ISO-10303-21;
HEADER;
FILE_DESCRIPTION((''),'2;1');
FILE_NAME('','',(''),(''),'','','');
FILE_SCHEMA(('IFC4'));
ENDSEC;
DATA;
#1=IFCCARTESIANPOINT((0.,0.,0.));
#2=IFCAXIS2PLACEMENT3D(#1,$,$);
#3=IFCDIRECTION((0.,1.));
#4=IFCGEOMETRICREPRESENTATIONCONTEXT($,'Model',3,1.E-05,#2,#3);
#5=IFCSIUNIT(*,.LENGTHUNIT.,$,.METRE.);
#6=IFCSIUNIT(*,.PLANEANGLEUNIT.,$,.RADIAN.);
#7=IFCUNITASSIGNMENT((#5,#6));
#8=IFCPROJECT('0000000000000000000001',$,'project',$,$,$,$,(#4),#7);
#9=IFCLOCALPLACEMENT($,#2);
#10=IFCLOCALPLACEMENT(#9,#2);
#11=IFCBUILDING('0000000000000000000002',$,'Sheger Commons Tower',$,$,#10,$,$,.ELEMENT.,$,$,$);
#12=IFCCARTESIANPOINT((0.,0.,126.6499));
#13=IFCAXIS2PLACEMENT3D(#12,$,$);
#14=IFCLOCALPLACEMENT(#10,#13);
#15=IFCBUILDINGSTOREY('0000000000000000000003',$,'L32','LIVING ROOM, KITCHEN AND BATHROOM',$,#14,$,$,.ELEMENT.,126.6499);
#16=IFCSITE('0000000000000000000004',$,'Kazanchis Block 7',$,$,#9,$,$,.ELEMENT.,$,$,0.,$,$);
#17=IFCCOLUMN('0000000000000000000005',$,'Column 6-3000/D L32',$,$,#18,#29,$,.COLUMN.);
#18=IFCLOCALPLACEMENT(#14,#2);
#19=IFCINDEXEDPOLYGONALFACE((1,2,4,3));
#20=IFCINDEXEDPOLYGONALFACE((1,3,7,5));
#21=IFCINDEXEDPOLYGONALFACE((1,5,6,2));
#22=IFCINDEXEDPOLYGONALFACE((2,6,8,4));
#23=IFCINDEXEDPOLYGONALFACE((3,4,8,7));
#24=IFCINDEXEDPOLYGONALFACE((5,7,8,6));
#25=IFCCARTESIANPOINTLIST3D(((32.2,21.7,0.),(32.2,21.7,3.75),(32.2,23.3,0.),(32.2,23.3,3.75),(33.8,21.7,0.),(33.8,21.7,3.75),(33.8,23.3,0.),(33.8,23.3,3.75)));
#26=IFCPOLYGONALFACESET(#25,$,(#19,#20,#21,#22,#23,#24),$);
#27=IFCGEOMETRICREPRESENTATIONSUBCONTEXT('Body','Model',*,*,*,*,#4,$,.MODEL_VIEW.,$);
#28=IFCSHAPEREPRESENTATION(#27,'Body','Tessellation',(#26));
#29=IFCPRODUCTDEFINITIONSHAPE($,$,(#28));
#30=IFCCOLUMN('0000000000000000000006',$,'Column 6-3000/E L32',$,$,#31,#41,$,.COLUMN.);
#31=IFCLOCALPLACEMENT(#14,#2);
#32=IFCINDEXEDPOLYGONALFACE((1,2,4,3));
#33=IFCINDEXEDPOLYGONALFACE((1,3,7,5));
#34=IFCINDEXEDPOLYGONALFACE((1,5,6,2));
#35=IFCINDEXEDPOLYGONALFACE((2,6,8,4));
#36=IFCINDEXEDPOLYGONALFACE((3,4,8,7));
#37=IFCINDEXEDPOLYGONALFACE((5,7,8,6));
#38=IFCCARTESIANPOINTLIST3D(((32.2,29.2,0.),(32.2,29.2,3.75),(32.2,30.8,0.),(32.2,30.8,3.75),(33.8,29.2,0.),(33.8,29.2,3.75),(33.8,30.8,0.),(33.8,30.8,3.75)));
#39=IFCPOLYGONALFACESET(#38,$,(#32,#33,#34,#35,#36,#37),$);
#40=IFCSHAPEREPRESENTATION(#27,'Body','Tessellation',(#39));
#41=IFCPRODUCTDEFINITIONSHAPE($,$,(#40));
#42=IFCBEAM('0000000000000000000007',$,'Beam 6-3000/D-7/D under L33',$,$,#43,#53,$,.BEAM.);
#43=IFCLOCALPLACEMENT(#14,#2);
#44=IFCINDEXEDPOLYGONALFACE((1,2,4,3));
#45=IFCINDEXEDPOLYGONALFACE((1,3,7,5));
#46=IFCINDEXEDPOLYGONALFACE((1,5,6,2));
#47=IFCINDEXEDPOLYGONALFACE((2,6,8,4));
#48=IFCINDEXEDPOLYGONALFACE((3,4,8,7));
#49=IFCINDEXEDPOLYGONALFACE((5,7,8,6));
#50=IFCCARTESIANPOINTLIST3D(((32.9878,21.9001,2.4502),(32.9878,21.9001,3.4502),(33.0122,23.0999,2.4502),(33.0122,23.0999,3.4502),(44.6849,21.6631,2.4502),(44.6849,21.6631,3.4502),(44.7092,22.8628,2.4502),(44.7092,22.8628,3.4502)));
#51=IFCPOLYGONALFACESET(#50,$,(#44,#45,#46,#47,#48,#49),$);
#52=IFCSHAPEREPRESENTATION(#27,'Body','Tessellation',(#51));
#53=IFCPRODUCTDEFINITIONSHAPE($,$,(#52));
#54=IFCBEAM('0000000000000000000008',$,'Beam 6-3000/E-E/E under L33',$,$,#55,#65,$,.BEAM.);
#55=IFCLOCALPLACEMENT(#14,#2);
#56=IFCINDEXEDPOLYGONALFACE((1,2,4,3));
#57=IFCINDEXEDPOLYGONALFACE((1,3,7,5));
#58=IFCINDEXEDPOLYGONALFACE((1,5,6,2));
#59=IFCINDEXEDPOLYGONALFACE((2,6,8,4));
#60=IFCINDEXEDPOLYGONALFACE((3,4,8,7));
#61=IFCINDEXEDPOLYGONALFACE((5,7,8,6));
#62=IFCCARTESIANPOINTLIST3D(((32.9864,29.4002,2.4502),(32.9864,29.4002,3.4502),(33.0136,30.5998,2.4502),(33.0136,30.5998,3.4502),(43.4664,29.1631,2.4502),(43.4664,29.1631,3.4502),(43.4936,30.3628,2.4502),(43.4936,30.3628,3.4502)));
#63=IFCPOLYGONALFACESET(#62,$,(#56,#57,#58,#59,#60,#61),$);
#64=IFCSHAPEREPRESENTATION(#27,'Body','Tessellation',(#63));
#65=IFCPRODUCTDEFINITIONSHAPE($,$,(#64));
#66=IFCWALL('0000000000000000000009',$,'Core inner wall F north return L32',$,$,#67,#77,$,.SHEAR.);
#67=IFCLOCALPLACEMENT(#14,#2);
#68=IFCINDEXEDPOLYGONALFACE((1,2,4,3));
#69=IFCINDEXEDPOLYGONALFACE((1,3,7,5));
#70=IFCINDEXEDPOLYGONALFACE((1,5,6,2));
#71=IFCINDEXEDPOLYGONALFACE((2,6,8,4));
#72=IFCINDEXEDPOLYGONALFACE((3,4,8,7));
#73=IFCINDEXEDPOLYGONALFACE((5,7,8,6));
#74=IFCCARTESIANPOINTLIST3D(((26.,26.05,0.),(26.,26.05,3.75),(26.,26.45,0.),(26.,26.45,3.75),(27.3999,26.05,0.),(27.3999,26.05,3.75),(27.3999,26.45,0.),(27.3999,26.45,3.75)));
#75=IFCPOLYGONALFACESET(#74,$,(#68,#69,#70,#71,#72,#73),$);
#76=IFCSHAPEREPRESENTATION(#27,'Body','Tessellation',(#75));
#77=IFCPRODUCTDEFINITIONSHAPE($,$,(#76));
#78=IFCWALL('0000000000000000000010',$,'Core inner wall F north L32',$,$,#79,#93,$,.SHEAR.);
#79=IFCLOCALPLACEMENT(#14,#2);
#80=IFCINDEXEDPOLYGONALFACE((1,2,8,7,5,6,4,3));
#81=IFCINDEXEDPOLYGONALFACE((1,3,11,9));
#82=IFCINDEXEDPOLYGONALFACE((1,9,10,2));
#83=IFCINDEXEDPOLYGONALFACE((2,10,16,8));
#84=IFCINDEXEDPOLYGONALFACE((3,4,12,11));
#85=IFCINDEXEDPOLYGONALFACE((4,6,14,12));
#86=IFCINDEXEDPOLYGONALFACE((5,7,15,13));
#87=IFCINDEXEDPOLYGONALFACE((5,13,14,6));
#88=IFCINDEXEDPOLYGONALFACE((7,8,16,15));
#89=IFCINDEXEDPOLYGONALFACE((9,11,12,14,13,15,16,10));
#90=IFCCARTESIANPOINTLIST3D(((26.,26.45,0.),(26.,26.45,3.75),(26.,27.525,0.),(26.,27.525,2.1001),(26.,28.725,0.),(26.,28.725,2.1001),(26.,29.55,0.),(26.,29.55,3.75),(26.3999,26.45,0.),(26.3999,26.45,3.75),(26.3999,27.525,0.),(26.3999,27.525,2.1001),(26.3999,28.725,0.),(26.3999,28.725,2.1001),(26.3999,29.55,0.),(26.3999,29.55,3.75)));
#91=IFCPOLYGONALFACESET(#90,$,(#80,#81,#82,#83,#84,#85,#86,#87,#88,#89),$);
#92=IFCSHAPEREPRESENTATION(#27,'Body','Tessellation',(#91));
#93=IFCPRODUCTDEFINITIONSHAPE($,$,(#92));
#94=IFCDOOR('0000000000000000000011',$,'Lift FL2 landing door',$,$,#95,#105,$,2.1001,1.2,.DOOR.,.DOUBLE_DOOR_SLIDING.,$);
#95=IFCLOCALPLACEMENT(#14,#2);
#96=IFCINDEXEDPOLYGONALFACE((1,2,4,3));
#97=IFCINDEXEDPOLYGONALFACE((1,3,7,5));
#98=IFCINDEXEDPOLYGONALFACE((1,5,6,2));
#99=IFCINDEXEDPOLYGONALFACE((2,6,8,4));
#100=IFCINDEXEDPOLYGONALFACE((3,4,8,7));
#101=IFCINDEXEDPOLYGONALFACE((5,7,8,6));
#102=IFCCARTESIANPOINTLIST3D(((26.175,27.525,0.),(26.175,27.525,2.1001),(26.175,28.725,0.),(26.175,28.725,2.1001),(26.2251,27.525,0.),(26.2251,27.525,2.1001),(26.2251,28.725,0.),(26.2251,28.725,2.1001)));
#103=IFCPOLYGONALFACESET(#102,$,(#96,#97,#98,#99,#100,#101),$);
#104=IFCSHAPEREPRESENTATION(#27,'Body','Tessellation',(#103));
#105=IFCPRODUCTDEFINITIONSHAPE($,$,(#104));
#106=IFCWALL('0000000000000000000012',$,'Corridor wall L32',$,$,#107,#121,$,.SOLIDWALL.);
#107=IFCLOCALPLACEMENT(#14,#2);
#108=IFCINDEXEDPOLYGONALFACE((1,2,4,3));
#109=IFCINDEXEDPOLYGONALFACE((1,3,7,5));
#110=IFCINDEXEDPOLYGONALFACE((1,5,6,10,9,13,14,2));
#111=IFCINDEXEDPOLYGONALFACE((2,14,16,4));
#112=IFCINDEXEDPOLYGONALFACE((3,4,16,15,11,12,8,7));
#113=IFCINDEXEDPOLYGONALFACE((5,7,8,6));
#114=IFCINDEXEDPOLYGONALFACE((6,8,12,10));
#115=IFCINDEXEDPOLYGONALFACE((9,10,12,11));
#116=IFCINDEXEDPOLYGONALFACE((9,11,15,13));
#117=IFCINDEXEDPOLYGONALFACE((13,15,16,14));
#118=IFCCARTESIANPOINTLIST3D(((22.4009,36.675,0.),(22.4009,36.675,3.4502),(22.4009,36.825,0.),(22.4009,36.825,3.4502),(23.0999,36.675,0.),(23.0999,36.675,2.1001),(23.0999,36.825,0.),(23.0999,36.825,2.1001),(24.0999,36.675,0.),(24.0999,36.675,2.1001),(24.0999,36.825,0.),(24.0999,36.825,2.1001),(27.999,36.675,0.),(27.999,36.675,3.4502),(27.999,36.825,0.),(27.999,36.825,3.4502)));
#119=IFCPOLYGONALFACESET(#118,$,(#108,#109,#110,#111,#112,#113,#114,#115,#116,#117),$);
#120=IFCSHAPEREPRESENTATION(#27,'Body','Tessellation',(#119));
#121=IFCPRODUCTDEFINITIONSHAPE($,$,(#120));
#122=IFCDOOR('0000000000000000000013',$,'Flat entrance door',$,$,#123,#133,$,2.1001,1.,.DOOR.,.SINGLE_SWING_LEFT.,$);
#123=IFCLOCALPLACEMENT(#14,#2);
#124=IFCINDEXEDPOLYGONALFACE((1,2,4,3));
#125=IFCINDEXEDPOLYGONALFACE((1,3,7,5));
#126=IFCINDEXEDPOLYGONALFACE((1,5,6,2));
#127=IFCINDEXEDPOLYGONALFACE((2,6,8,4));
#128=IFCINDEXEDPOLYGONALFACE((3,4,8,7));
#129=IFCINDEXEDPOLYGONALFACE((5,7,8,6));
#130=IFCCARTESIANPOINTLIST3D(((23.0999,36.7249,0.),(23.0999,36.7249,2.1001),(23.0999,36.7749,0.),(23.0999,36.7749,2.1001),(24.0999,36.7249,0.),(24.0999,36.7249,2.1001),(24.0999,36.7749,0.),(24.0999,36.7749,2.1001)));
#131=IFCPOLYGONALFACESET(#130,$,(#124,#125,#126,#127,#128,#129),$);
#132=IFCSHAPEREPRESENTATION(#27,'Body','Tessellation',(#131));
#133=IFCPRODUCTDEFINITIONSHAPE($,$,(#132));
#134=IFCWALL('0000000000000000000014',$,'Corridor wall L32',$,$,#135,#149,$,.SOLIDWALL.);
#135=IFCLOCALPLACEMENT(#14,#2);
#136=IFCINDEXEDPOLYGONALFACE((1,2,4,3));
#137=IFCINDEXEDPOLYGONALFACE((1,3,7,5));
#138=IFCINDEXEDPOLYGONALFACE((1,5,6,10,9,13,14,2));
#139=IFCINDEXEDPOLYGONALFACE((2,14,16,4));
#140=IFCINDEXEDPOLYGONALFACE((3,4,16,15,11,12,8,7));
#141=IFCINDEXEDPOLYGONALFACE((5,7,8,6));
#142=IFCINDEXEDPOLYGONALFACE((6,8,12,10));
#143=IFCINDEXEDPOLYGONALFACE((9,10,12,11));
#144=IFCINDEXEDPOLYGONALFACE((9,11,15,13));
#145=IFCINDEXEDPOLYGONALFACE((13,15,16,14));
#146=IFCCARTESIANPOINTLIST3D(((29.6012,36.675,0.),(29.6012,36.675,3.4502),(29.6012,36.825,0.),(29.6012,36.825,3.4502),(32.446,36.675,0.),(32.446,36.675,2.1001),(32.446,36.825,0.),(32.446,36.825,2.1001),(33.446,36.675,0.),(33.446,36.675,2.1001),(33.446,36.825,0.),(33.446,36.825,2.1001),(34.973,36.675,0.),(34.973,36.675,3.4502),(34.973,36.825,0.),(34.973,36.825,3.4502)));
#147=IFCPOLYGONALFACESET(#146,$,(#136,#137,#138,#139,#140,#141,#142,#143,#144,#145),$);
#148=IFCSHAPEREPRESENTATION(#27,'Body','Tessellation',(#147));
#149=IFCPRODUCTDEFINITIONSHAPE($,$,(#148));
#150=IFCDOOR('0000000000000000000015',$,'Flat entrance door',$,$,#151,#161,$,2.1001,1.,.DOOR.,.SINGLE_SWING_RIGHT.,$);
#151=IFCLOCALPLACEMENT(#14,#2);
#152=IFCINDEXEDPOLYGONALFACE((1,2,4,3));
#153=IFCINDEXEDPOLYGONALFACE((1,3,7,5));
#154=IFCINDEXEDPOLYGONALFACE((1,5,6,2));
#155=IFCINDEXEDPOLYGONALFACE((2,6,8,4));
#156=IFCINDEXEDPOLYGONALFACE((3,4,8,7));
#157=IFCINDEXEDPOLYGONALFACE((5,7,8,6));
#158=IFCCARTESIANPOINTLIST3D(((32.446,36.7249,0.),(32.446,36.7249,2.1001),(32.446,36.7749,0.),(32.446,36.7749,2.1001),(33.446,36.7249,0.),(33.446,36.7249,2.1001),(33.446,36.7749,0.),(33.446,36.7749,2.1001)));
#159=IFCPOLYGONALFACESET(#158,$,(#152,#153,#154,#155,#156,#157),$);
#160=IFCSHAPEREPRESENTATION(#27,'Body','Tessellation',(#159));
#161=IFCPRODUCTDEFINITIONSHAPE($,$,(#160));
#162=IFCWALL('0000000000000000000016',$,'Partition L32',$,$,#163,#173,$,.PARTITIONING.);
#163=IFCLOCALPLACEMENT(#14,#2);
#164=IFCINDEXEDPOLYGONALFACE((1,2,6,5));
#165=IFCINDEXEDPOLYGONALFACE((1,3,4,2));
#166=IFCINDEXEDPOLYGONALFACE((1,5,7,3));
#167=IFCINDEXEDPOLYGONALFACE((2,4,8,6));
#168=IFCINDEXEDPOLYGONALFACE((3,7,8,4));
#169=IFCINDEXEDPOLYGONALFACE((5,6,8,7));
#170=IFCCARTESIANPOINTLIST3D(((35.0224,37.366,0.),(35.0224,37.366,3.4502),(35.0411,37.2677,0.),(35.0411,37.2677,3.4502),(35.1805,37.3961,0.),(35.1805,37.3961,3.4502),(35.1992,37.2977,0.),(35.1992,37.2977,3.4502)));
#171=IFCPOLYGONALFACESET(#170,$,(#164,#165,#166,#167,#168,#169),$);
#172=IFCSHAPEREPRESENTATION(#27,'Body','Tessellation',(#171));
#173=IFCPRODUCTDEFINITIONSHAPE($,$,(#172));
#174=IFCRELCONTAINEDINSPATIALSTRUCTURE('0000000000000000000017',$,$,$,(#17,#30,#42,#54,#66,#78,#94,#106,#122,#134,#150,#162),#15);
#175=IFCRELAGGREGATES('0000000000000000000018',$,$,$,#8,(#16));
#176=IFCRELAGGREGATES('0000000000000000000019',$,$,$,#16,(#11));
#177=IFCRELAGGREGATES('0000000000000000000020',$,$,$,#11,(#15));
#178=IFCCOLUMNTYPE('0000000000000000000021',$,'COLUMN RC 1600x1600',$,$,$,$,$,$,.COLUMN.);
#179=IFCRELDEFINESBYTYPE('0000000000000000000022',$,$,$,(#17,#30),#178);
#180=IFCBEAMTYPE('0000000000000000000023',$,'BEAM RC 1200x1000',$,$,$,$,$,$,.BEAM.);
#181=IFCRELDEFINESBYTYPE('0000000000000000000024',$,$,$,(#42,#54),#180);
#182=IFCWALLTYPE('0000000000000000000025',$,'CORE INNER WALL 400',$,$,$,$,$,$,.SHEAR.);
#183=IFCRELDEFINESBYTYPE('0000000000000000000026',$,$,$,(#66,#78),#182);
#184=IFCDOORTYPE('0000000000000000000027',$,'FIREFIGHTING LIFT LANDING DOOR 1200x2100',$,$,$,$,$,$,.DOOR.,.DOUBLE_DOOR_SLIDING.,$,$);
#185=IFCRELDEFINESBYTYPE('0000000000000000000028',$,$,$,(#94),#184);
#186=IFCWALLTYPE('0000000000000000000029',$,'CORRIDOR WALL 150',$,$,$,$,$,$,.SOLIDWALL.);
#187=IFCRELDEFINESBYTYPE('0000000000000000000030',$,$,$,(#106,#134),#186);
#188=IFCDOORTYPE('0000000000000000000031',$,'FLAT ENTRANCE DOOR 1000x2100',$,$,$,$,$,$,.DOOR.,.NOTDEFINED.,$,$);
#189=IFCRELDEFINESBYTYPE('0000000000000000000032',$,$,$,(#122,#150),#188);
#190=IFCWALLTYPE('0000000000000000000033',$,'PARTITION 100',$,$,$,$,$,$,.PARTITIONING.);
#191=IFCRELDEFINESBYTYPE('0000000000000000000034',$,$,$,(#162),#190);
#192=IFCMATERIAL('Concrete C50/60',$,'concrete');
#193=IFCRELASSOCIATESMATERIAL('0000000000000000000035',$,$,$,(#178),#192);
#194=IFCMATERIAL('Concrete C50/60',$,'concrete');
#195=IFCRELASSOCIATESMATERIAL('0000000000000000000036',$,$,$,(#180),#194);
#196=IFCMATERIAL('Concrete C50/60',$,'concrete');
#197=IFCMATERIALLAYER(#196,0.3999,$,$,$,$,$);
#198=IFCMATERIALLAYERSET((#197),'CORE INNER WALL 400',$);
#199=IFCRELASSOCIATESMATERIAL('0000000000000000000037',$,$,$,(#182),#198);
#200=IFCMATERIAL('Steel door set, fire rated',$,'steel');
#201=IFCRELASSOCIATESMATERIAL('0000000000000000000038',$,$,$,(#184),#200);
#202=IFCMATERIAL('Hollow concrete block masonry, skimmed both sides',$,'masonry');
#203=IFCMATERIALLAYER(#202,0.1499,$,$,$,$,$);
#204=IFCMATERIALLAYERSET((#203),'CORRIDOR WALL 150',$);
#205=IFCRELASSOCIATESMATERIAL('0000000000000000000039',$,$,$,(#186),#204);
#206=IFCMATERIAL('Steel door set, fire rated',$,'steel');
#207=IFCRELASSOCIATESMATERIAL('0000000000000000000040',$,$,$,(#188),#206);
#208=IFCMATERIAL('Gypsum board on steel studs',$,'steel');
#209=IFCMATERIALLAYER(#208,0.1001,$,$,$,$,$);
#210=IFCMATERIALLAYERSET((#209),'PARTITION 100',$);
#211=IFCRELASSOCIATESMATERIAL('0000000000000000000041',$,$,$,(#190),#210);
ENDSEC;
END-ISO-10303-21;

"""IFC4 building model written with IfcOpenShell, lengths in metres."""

from ifc_helpers import new_model, si_unit, direction, frame, frame_2d, origin, origin_2d, place, context, subcontext, project, spatial, rectangle, extrude, material, layer, layer_set, material_profile, profile_set, type_object, element, fill, save


model = new_model("IFC4")

# Units and contexts
model_context = context("Model", 3, precision=1e-05, world=origin(), true_north=direction((0.0, 1.0)))
body_context = subcontext(model_context, "Body", "Model", "MODEL_VIEW")
ifc_project = project(units=[si_unit("LENGTHUNIT", "METRE"), si_unit("PLANEANGLEUNIT", "RADIAN")], contexts=[model_context])

# Site, building, storey
site_placement = place(None, origin())
site = spatial("IfcSite", under=ifc_project, at=site_placement, Name="Kazanchis Block 7", CompositionType="ELEMENT", RefElevation=0.0)
building_placement = place(site_placement, origin())
building = spatial("IfcBuilding", under=site, at=building_placement, Name="Sheger Commons Tower", CompositionType="ELEMENT")
storey_placement = place(building_placement, frame((0.0, 0.0, 126.6499)))
storey = spatial("IfcBuildingStorey", under=building, at=storey_placement, Name="L32", Description="LIVING ROOM, KITCHEN AND BATHROOM", CompositionType="ELEMENT", Elevation=126.6499)

# Columns
ifc_material_1 = material(Name="Concrete C50/60", Category="concrete")
ifc_material_profile_1 = material_profile(ifc_material_1, rectangle(XDim=1.6001, YDim=1.6001, at=origin_2d()), Name="RC 1600x1600")
ifc_profile_set_1 = profile_set([ifc_material_profile_1], Name="Concrete C50/60")
column_type = type_object("IfcColumnType", Name="COLUMN RC 1600x1600", PredefinedType="COLUMN", material=ifc_profile_set_1)
for number, where, z_axis, x_axis, name in (
    (1, (33.0, 22.5, 0.0), (0.0, 0.0, 1.0), (1.0, 0.0, 0.0), "Column 6-3000/D L32"),
    (2, (33.0, 30.0, 0.0), (0.0, 0.0, 1.0), (1.0, 0.0, 0.0), "Column 6-3000/E L32"),
):
    element("IfcColumn", number, at=place(storey_placement, frame(where, z_axis=z_axis, x_axis=x_axis)), inside=storey, type_object=column_type, Name=name, PredefinedType="COLUMN", context=body_context, shape_type="SweptSolid", body=[
        extrude(rectangle(XDim=1.6001, YDim=1.6001, at=origin_2d()), origin(), (0.0, 0.0, 1.0), 3.75),
    ])

# Beams
ifc_material_2 = material(Name="Concrete C50/60", Category="concrete")
ifc_material_profile_2 = material_profile(ifc_material_2, rectangle(XDim=1.2, YDim=1.0, at=origin_2d()), Name="RC 1200x1000")
ifc_profile_set_2 = profile_set([ifc_material_profile_2], Name="Concrete C50/60")
beam_type = type_object("IfcBeamType", Name="BEAM RC 1200x1000", PredefinedType="BEAM", material=ifc_profile_set_2)
beam_1_placement = place(storey_placement, frame((33.0, 22.5, 2.9502), z_axis=(0.999795, -0.020263, 0.0), x_axis=(0.020263, 0.999795, 0.0)))
element("IfcBeam", 3, at=beam_1_placement, inside=storey, type_object=beam_type, Name="Beam 6-3000/D-7/D under L33", PredefinedType="BEAM", context=body_context, shape_type="SweptSolid", body=[
    extrude(rectangle(XDim=1.2, YDim=1.0, at=origin_2d()), origin(), (0.0, 0.0, 1.0), 11.6995),
])
beam_2_placement = place(storey_placement, frame((33.0, 30.0, 2.9502), z_axis=(0.999744, -0.022615, 0.0), x_axis=(0.022615, 0.999744, 0.0)))
element("IfcBeam", 4, at=beam_2_placement, inside=storey, type_object=beam_type, Name="Beam 6-3000/E-E/E under L33", PredefinedType="BEAM", context=body_context, shape_type="SweptSolid", body=[
    extrude(rectangle(XDim=1.2, YDim=1.0, at=origin_2d()), origin(), (0.0, 0.0, 1.0), 10.4827),
])

# Wall
ifc_material_3 = material(Name="Concrete C50/60", Category="concrete")
ifc_layer_1 = layer(ifc_material_3, 0.3999)
ifc_layer_set_1 = layer_set([ifc_layer_1], Name="CORE INNER WALL 400")
wall_type_1 = type_object("IfcWallType", Name="CORE INNER WALL 400", PredefinedType="SHEAR", material=ifc_layer_set_1)
wall_1_placement = place(storey_placement, frame((26.0, 26.25, 0.0), z_axis=(0.0, 0.0, 1.0), x_axis=(1.0, 0.0, 0.0)))
element("IfcWall", 5, at=wall_1_placement, inside=storey, type_object=wall_type_1, Name="Core inner wall F north return L32", PredefinedType="SHEAR", context=body_context, shape_type="SweptSolid", body=[
    extrude(rectangle(XDim=1.3999, YDim=0.3999, at=frame_2d((0.7, 0.0))), origin(), (0.0, 0.0, 1.0), 3.75),
])

# Walls, openings, doors
wall_2_placement = place(storey_placement, frame((26.2, 26.45, 0.0), z_axis=(0.0, 0.0, 1.0), x_axis=(0.0, 1.0, 0.0)))
wall_2 = element("IfcWall", 6, at=wall_2_placement, inside=storey, type_object=wall_type_1, Name="Core inner wall F north L32", PredefinedType="SHEAR", context=body_context, shape_type="SweptSolid", body=[
    extrude(rectangle(XDim=3.1001, YDim=0.3999, at=frame_2d((1.55, 0.0))), origin(), (0.0, 0.0, 1.0), 3.75),
])
opening_1_placement = place(wall_2_placement, frame((1.075, 0.0, 0.0)))
opening_1 = element("IfcOpeningElement", 7, at=opening_1_placement, cuts=wall_2, PredefinedType="OPENING", context=body_context, shape_type="SweptSolid", body=[
    extrude(rectangle(XDim=1.2, YDim=2.1001, at=frame_2d((0.6001, 1.05))), frame((0.0, 0.21, 0.0), z_axis=(0.0, -1.0, 0.0), x_axis=(1.0, 0.0, 0.0)), (0.0, 0.0, 1.0), 0.4199),
])
ifc_material_4 = material(Name="Steel door set, fire rated", Category="steel")
door_type_1 = type_object("IfcDoorType", Name="FIREFIGHTING LIFT LANDING DOOR 1200x2100", OperationType="DOUBLE_DOOR_SLIDING", PredefinedType="DOOR", material=ifc_material_4)
door_1_placement = place(opening_1_placement, origin())
door_1 = element("IfcDoor", 8, at=door_1_placement, inside=storey, type_object=door_type_1, Name="Lift FL2 landing door", OperationType="DOUBLE_DOOR_SLIDING", OverallHeight=2.1001, OverallWidth=1.2, PredefinedType="DOOR", context=body_context, shape_type="SweptSolid", body=[
    extrude(rectangle(XDim=1.2, YDim=2.1001, at=frame_2d((0.6001, 1.05))), frame((0.0, 0.0249, 0.0), z_axis=(0.0, -1.0, 0.0), x_axis=(1.0, 0.0, 0.0)), (0.0, 0.0, 1.0), 0.05),
])
fill(opening_1, door_1)
ifc_material_5 = material(Name="Hollow concrete block masonry, skimmed both sides", Category="masonry")
ifc_layer_2 = layer(ifc_material_5, 0.1499)
ifc_layer_set_2 = layer_set([ifc_layer_2], Name="CORRIDOR WALL 150")
wall_type_2 = type_object("IfcWallType", Name="CORRIDOR WALL 150", PredefinedType="SOLIDWALL", material=ifc_layer_set_2)
wall_3_placement = place(storey_placement, frame((22.4009, 36.75, 0.0), z_axis=(0.0, 0.0, 1.0), x_axis=(1.0, 0.0, 0.0)))
wall_3 = element("IfcWall", 9, at=wall_3_placement, inside=storey, type_object=wall_type_2, Name="Corridor wall L32", PredefinedType="SOLIDWALL", context=body_context, shape_type="SweptSolid", body=[
    extrude(rectangle(XDim=5.5981, YDim=0.1499, at=frame_2d((2.7991, 0.0))), origin(), (0.0, 0.0, 1.0), 3.4502),
])
opening_2_placement = place(wall_3_placement, frame((0.699, 0.0, 0.0)))
opening_2 = element("IfcOpeningElement", 10, at=opening_2_placement, cuts=wall_3, PredefinedType="OPENING", context=body_context, shape_type="SweptSolid", body=[
    extrude(rectangle(XDim=1.0, YDim=2.1001, at=frame_2d((0.5, 1.05))), frame((0.0, 0.085, 0.0), z_axis=(0.0, -1.0, 0.0), x_axis=(1.0, 0.0, 0.0)), (0.0, 0.0, 1.0), 0.1699),
])
ifc_material_6 = material(Name="Steel door set, fire rated", Category="steel")
door_type_2 = type_object("IfcDoorType", Name="FLAT ENTRANCE DOOR 1000x2100", OperationType="NOTDEFINED", PredefinedType="DOOR", material=ifc_material_6)
door_2_placement = place(opening_2_placement, origin())
door_2 = element("IfcDoor", 11, at=door_2_placement, inside=storey, type_object=door_type_2, Name="Flat entrance door", OperationType="SINGLE_SWING_LEFT", OverallHeight=2.1001, OverallWidth=1.0, PredefinedType="DOOR", context=body_context, shape_type="SweptSolid", body=[
    extrude(rectangle(XDim=1.0, YDim=2.1001, at=frame_2d((0.5, 1.05))), frame((0.0, 0.0249, 0.0), z_axis=(0.0, -1.0, 0.0), x_axis=(1.0, 0.0, 0.0)), (0.0, 0.0, 1.0), 0.05),
])
fill(opening_2, door_2)
wall_4_placement = place(storey_placement, frame((29.6011, 36.75, 0.0), z_axis=(0.0, 0.0, 1.0), x_axis=(1.0, 0.0, 0.0)))
wall_4 = element("IfcWall", 12, at=wall_4_placement, inside=storey, type_object=wall_type_2, Name="Corridor wall L32", PredefinedType="SOLIDWALL", context=body_context, shape_type="SweptSolid", body=[
    extrude(rectangle(XDim=5.3718, YDim=0.1499, at=frame_2d((2.686, 0.0))), origin(), (0.0, 0.0, 1.0), 3.4502),
])
opening_3_placement = place(wall_4_placement, frame((2.845, 0.0, 0.0)))
opening_3 = element("IfcOpeningElement", 13, at=opening_3_placement, cuts=wall_4, PredefinedType="OPENING", context=body_context, shape_type="SweptSolid", body=[
    extrude(rectangle(XDim=1.0, YDim=2.1001, at=frame_2d((0.5, 1.05))), frame((0.0, 0.085, 0.0), z_axis=(0.0, -1.0, 0.0), x_axis=(1.0, 0.0, 0.0)), (0.0, 0.0, 1.0), 0.1699),
])
door_3_placement = place(opening_3_placement, origin())
door_3 = element("IfcDoor", 14, at=door_3_placement, inside=storey, type_object=door_type_2, Name="Flat entrance door", OperationType="SINGLE_SWING_RIGHT", OverallHeight=2.1001, OverallWidth=1.0, PredefinedType="DOOR", context=body_context, shape_type="SweptSolid", body=[
    extrude(rectangle(XDim=1.0, YDim=2.1001, at=frame_2d((0.5, 1.05))), frame((0.0, 0.0249, 0.0), z_axis=(0.0, -1.0, 0.0), x_axis=(1.0, 0.0, 0.0)), (0.0, 0.0, 1.0), 0.05),
])
fill(opening_3, door_3)

# Wall
ifc_material_7 = material(Name="Gypsum board on steel studs", Category="steel")
ifc_layer_3 = layer(ifc_material_7, 0.1001)
ifc_layer_set_3 = layer_set([ifc_layer_3], Name="PARTITION 100")
wall_type_3 = type_object("IfcWallType", Name="PARTITION 100", PredefinedType="PARTITIONING", material=ifc_layer_set_3)
wall_5_placement = place(storey_placement, frame((35.1899, 37.3469, 0.0), z_axis=(0.0, 0.0, 1.0), x_axis=(-0.982405, -0.186763, 0.0)))
element("IfcWall", 15, at=wall_5_placement, inside=storey, type_object=wall_type_3, Name="Partition L32", PredefinedType="PARTITIONING", context=body_context, shape_type="SweptSolid", body=[
    extrude(rectangle(XDim=0.1609, YDim=0.1001, at=frame_2d((0.0806, 0.0))), origin(), (0.0, 0.0, 1.0), 3.4502),
])

save(model, "model.ifc")
